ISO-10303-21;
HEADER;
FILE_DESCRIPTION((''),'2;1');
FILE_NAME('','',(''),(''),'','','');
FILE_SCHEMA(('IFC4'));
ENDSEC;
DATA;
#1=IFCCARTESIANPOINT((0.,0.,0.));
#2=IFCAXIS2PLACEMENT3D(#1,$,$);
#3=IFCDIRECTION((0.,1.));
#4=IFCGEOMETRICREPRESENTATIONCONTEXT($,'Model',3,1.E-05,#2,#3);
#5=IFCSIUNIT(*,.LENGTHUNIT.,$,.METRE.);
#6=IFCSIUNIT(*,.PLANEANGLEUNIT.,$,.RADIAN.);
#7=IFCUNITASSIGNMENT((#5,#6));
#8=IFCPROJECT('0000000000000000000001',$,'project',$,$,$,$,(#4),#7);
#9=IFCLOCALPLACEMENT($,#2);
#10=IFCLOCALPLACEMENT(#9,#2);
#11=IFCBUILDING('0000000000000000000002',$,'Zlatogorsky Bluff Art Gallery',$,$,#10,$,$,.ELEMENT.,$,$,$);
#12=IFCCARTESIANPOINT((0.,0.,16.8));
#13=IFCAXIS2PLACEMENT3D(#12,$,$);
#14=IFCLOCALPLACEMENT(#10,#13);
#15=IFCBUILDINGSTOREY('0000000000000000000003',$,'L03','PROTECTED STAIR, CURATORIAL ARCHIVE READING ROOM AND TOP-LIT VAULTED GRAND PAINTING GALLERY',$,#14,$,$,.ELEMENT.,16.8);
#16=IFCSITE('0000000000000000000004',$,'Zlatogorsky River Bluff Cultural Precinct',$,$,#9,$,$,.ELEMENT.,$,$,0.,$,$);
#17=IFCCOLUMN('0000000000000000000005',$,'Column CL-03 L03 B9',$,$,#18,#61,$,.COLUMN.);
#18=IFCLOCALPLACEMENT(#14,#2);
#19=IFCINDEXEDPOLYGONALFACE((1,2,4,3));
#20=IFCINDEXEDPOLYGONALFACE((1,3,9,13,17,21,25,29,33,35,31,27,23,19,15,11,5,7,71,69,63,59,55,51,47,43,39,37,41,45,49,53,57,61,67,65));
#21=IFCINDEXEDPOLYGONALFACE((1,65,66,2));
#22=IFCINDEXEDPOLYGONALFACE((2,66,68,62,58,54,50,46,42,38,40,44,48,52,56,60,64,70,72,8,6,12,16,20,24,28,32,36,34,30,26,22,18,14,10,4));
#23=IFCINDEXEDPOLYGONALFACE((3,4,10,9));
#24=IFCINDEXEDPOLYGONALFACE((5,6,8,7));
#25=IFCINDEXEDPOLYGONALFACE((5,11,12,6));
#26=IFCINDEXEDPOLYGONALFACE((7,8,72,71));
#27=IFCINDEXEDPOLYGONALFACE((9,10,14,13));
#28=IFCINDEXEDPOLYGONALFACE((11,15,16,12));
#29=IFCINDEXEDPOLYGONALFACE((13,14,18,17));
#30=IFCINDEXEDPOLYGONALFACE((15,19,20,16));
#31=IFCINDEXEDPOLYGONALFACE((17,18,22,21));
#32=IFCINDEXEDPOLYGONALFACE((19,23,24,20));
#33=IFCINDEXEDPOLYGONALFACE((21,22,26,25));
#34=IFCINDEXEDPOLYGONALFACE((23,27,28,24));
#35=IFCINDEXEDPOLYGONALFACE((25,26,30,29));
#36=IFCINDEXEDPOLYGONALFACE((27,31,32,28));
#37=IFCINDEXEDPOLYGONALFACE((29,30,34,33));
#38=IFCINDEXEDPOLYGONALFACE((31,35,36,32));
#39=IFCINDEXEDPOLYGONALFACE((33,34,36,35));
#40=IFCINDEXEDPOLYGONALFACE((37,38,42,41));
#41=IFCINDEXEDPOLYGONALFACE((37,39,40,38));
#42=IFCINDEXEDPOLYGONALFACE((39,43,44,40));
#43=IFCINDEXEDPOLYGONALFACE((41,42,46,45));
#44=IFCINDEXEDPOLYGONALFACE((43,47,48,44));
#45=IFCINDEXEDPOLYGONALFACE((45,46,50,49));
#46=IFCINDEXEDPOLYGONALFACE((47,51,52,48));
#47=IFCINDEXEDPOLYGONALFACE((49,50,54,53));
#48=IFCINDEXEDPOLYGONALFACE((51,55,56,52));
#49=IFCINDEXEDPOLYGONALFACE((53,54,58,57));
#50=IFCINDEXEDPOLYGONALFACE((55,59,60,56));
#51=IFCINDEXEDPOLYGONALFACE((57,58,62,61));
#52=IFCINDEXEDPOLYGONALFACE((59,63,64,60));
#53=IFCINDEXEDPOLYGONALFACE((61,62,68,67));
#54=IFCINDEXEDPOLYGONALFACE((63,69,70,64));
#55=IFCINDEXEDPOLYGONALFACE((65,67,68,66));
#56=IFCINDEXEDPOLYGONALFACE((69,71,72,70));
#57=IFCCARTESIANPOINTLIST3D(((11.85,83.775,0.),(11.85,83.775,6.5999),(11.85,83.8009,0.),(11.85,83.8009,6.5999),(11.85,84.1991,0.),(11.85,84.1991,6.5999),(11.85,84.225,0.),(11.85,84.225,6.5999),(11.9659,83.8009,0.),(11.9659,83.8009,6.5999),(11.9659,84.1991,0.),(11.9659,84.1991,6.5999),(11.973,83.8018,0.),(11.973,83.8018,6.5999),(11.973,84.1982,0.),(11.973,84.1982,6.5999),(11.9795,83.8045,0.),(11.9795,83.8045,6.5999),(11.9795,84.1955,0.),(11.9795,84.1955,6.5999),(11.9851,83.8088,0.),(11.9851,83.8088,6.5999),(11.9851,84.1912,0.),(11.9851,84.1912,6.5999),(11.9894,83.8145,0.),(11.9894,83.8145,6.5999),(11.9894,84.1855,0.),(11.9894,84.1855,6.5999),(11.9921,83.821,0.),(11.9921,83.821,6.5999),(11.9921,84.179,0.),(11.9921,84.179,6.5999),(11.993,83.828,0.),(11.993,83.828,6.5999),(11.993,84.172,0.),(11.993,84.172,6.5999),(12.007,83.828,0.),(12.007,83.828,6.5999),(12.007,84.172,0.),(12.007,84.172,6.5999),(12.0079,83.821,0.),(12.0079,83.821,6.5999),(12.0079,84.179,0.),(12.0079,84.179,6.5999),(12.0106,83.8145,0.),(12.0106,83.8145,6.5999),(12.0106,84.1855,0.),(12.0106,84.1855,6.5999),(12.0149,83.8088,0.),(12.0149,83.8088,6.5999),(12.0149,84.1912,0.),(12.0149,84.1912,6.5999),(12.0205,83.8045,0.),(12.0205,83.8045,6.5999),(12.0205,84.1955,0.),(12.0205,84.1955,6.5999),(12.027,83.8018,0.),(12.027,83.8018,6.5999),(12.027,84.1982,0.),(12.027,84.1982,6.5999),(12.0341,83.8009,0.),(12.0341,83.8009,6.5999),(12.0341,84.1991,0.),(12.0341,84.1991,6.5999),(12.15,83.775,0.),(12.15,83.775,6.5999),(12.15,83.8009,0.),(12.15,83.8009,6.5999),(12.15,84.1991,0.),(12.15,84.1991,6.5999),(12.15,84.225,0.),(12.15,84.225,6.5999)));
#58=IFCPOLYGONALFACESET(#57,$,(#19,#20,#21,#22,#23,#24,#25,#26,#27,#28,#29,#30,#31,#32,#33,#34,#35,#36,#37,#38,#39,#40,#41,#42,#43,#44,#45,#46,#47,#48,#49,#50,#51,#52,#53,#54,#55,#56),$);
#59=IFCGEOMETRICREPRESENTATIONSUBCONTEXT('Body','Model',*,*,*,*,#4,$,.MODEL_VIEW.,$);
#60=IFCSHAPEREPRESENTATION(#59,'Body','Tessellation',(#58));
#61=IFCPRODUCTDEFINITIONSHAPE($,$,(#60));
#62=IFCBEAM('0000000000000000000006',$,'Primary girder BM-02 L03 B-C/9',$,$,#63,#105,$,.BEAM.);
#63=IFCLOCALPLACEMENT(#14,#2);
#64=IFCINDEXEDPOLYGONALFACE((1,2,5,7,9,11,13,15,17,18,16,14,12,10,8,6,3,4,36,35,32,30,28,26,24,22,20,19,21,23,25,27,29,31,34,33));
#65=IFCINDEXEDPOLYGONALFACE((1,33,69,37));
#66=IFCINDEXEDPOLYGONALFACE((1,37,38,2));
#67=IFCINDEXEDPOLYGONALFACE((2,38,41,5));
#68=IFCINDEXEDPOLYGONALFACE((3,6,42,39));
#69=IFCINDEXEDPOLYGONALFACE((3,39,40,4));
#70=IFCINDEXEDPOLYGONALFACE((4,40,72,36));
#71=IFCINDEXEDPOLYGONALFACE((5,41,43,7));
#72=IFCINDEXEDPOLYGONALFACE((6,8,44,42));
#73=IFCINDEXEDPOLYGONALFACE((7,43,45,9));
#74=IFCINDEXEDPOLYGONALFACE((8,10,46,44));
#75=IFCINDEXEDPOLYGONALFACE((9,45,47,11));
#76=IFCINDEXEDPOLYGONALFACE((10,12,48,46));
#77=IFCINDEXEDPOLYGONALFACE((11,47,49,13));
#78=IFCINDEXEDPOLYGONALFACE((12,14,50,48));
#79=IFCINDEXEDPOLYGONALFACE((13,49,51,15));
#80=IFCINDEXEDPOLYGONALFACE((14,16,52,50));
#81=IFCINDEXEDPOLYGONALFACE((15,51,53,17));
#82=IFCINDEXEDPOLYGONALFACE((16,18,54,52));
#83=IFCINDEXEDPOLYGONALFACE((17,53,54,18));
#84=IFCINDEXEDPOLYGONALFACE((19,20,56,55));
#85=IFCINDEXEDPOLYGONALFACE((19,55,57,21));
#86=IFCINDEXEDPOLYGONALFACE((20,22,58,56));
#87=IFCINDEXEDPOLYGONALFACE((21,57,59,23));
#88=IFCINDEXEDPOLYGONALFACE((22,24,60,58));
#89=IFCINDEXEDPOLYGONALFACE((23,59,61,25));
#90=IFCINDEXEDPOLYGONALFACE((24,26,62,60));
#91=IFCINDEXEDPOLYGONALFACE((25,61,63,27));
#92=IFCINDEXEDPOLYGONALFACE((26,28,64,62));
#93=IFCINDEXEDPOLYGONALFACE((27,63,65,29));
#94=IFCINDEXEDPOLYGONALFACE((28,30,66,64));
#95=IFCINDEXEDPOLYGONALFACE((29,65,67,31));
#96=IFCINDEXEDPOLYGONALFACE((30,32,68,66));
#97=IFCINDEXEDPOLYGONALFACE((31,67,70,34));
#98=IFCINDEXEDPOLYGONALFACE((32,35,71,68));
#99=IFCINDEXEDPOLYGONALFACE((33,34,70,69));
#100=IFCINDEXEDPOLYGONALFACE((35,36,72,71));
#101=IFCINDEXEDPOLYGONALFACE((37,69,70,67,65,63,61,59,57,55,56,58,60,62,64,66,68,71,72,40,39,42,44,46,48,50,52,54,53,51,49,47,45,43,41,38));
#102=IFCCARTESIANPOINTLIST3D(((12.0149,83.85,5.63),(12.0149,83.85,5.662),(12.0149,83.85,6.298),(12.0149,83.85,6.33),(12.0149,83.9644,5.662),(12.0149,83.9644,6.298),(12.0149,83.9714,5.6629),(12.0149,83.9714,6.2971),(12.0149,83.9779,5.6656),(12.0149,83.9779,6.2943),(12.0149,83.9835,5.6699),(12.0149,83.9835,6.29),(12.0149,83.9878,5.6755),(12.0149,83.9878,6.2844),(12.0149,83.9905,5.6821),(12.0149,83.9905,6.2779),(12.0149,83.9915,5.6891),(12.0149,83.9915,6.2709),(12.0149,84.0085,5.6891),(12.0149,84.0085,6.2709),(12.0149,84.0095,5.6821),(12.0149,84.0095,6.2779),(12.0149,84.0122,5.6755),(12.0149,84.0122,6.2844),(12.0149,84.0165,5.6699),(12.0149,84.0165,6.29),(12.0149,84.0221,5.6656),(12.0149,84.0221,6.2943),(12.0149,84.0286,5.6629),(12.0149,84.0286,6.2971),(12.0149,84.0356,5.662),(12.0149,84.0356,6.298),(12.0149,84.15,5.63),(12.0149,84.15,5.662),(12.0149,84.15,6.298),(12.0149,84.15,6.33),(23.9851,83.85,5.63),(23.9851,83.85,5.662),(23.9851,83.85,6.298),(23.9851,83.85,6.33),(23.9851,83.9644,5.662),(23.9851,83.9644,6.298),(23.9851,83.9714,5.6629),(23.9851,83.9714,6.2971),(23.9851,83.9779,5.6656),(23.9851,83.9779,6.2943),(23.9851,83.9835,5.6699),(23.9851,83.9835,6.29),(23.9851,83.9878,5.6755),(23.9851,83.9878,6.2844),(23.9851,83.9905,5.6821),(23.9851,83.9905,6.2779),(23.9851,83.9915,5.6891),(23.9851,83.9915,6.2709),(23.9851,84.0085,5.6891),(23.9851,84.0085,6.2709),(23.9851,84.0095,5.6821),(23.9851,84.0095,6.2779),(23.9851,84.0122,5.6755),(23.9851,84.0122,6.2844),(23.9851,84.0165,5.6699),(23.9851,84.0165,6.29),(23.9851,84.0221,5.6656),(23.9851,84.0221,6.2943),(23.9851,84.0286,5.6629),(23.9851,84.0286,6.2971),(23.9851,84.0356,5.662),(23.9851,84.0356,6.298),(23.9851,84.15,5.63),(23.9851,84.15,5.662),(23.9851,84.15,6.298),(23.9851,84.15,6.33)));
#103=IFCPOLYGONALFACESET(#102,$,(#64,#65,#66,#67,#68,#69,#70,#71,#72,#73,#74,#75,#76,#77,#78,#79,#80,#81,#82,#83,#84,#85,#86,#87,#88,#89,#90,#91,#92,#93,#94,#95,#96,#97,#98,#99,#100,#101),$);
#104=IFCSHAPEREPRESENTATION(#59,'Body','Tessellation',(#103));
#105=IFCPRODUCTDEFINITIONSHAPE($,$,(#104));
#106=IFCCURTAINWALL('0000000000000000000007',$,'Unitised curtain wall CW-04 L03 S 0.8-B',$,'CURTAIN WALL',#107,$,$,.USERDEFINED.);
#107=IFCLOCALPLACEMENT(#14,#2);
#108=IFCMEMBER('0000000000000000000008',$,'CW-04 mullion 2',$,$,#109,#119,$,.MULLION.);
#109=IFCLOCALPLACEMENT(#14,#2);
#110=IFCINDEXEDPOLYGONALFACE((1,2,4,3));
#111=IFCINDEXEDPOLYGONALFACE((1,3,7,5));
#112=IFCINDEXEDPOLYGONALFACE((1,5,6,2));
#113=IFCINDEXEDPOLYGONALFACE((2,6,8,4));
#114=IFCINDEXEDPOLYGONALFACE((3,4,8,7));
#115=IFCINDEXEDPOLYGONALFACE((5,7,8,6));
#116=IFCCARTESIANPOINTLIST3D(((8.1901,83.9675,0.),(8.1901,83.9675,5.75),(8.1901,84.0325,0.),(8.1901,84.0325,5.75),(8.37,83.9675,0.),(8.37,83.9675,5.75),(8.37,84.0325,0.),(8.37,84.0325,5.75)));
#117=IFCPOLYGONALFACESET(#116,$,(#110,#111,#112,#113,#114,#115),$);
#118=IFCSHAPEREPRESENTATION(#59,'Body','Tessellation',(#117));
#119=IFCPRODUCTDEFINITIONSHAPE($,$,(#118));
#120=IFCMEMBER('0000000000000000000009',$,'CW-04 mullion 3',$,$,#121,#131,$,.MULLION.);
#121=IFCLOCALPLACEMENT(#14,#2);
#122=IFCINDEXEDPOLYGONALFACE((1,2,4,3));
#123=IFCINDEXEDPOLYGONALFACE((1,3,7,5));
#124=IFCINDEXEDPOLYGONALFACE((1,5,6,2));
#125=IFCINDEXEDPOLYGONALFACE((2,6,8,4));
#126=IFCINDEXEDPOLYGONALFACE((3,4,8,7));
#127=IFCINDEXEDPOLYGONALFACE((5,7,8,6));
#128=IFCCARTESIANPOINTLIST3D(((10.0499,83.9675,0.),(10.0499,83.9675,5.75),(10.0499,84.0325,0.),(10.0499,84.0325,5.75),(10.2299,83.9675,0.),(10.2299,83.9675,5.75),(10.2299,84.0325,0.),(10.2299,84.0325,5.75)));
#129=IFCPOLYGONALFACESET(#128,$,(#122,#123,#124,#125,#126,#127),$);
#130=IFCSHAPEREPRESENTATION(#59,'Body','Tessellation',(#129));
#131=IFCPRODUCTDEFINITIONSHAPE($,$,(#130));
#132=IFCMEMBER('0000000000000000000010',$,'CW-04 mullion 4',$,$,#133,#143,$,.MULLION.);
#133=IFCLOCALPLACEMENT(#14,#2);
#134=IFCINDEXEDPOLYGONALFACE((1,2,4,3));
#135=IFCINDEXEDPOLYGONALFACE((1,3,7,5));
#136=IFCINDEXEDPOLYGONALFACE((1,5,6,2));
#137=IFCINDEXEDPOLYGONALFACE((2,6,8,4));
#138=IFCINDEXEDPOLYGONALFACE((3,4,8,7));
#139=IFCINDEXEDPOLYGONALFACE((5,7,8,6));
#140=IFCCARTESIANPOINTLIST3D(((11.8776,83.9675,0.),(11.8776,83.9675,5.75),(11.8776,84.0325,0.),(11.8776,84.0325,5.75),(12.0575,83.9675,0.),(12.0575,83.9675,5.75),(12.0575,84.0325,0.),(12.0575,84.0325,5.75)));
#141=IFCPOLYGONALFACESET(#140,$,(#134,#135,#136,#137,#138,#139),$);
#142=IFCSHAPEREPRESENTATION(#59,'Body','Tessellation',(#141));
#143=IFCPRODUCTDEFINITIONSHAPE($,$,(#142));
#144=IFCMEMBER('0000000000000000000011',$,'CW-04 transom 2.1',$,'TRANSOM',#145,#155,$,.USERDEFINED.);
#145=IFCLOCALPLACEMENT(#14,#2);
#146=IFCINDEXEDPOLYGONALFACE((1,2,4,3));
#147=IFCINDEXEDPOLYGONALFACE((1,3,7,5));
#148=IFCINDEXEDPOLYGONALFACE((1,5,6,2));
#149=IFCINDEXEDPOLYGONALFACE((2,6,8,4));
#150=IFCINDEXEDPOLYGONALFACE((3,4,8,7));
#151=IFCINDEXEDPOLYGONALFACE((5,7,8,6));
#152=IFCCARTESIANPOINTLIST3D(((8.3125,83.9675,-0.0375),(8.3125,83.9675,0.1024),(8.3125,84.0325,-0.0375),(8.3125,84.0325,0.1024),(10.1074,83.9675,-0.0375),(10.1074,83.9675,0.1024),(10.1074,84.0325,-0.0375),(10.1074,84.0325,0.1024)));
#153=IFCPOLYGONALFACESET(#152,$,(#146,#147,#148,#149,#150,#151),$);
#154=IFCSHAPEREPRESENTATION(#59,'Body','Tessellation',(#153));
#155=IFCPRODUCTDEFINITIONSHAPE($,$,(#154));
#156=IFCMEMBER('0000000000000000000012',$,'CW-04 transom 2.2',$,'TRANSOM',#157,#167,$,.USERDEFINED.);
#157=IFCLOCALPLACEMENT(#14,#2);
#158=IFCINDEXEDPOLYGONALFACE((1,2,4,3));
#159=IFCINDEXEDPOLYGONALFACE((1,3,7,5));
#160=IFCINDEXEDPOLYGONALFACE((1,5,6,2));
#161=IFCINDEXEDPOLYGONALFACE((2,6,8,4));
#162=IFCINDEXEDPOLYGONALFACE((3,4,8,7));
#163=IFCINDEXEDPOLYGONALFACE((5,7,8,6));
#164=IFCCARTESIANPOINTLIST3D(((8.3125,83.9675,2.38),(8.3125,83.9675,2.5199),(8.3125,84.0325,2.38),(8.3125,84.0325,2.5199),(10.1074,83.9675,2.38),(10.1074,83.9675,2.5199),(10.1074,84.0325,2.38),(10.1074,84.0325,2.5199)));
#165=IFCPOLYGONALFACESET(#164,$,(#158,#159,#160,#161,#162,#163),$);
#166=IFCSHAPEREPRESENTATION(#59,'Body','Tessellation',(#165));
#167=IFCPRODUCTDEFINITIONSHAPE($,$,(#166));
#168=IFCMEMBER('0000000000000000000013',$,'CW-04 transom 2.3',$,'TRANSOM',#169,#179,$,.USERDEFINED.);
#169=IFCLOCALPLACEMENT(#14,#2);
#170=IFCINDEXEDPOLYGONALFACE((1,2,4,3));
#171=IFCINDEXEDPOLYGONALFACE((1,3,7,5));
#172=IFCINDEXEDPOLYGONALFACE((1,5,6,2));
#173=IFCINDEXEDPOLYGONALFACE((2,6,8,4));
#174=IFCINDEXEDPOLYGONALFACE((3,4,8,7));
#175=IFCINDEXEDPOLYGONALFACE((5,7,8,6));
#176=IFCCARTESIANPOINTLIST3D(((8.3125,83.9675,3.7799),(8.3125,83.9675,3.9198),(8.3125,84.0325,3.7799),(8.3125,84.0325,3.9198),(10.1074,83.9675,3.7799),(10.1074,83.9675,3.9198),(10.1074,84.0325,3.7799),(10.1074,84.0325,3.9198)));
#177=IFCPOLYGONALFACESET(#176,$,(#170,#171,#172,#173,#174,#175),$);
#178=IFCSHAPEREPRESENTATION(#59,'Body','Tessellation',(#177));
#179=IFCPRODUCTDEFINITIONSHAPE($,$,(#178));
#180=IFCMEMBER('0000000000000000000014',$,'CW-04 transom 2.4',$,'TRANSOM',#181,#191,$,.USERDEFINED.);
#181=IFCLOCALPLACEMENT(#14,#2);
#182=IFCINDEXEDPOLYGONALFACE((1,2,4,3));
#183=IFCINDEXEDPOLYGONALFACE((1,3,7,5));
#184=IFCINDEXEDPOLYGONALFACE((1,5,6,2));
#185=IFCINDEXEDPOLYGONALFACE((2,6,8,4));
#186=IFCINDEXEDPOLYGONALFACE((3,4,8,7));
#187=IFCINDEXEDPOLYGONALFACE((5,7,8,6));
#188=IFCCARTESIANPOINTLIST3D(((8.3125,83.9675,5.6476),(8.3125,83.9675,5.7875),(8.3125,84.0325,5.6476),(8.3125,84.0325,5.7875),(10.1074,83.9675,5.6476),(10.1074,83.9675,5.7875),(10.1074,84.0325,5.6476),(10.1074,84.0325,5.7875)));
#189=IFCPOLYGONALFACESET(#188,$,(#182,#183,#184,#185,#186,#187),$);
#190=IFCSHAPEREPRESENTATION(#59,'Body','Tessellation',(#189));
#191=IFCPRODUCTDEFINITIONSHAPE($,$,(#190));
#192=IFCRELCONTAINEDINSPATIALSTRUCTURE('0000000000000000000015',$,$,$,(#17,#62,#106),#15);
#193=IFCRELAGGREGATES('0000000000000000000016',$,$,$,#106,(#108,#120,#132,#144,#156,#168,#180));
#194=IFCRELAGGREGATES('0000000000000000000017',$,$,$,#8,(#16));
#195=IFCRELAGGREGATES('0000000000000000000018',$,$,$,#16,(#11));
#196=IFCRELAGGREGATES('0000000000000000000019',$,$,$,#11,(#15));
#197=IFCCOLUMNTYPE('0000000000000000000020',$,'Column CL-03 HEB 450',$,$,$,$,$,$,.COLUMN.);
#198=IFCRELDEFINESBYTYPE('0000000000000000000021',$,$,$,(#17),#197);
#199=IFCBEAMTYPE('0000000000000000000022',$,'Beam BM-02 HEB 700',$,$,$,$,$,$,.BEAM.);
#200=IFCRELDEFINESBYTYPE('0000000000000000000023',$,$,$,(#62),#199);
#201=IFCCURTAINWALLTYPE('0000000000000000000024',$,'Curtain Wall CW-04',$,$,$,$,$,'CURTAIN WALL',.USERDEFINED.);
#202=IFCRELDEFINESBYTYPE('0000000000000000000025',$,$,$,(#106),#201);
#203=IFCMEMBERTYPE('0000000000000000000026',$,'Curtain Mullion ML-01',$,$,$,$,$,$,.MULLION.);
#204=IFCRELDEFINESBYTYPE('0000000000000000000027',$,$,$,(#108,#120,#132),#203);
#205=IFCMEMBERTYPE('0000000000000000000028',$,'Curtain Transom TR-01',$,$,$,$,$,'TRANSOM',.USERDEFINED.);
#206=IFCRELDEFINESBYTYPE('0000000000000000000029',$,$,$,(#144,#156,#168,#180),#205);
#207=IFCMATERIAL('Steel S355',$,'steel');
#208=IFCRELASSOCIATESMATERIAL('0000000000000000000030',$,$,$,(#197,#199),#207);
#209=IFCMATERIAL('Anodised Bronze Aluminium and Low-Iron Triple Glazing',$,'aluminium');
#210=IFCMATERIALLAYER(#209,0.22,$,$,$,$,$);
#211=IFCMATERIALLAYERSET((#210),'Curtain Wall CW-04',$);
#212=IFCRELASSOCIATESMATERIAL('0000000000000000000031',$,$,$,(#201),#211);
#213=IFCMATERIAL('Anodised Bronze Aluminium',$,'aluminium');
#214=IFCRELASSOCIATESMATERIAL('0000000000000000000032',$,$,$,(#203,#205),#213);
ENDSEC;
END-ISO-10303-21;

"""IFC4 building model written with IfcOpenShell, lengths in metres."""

from ifc_helpers import new_model, si_unit, direction, frame, origin, origin_2d, place, context, subcontext, project, spatial, rectangle, i_section, extrude, material, layer, layer_set, material_profile, profile_set, type_object, element, aggregate, save


model = new_model("IFC4")

# Units and contexts
model_context = context("Model", 3, precision=1e-05, world=origin(), true_north=direction((0.0, 1.0)))
body_context = subcontext(model_context, "Body", "Model", "MODEL_VIEW")
ifc_project = project(units=[si_unit("LENGTHUNIT", "METRE"), si_unit("PLANEANGLEUNIT", "RADIAN")], contexts=[model_context])

# Site, building, storey
site_placement = place(None, origin())
site = spatial("IfcSite", under=ifc_project, at=site_placement, Name="Zlatogorsky River Bluff Cultural Precinct", CompositionType="ELEMENT", RefElevation=0.0)
building_placement = place(site_placement, origin())
building = spatial("IfcBuilding", under=site, at=building_placement, Name="Zlatogorsky Bluff Art Gallery", CompositionType="ELEMENT")
storey_placement = place(building_placement, frame((0.0, 0.0, 16.8)))
storey = spatial("IfcBuildingStorey", under=building, at=storey_placement, Name="L03", Description="PROTECTED STAIR, CURATORIAL ARCHIVE READING ROOM AND TOP-LIT VAULTED GRAND PAINTING GALLERY", CompositionType="ELEMENT", Elevation=16.8)

# Column
ifc_material_1 = material(Name="Steel S355", Category="steel")
ifc_material_profile_1 = material_profile(ifc_material_1, i_section(OverallWidth=0.3, OverallDepth=0.45, WebThickness=0.0139, FlangeThickness=0.0259, FilletRadius=0.0271, at=origin_2d()), Name="HEB 450")
ifc_profile_set_1 = profile_set([ifc_material_profile_1], Name="Steel S355")
column_type = type_object("IfcColumnType", Name="Column CL-03 HEB 450", PredefinedType="COLUMN", material=ifc_profile_set_1)
column_placement = place(storey_placement, frame((12.0, 84.0, 0.0), z_axis=(0.0, 0.0, 1.0), x_axis=(1.0, 0.0, 0.0)))
element("IfcColumn", 1, at=column_placement, inside=storey, type_object=column_type, Name="Column CL-03 L03 B9", PredefinedType="COLUMN", context=body_context, shape_type="SweptSolid", body=[
    extrude(i_section(OverallWidth=0.3, OverallDepth=0.45, WebThickness=0.0139, FlangeThickness=0.0259, FilletRadius=0.0271, at=origin_2d()), origin(), (0.0, 0.0, 1.0), 6.5999),
])

# Beam
ifc_material_profile_2 = material_profile(ifc_material_1, i_section(OverallWidth=0.3, OverallDepth=0.7, WebThickness=0.0171, FlangeThickness=0.032, FilletRadius=0.0271, at=origin_2d()), Name="HEB 700")
ifc_profile_set_2 = profile_set([ifc_material_profile_2], Name="Steel S355")
beam_type = type_object("IfcBeamType", Name="Beam BM-02 HEB 700", PredefinedType="BEAM", material=ifc_profile_set_2)
beam_placement = place(storey_placement, frame((12.0149, 84.0, 5.98), z_axis=(1.0, 0.0, 0.0), x_axis=(0.0, 1.0, 0.0)))
element("IfcBeam", 2, at=beam_placement, inside=storey, type_object=beam_type, Name="Primary girder BM-02 L03 B-C/9", PredefinedType="BEAM", context=body_context, shape_type="SweptSolid", body=[
    extrude(i_section(OverallWidth=0.3, OverallDepth=0.7, WebThickness=0.0171, FlangeThickness=0.032, FilletRadius=0.0271, at=origin_2d()), origin(), (0.0, 0.0, 1.0), 11.9702),
])

# Curtain wall, members
ifc_material_2 = material(Name="Anodised Bronze Aluminium and Low-Iron Triple Glazing", Category="aluminium")
ifc_layer_1 = layer(ifc_material_2, 0.22)
ifc_layer_set_1 = layer_set([ifc_layer_1], Name="Curtain Wall CW-04")
curtain_wall_type = type_object("IfcCurtainWallType", Name="Curtain Wall CW-04", ElementType="CURTAIN WALL", PredefinedType="USERDEFINED", material=ifc_layer_set_1)
curtain_wall_placement = place(storey_placement, origin())
curtain_wall = element("IfcCurtainWall", 3, at=curtain_wall_placement, inside=storey, type_object=curtain_wall_type, Name="Unitised curtain wall CW-04 L03 S 0.8-B", ObjectType="CURTAIN WALL", PredefinedType="USERDEFINED")
ifc_material_3 = material(Name="Anodised Bronze Aluminium", Category="aluminium")
ifc_material_profile_3 = material_profile(ifc_material_3, rectangle(XDim=0.0649, YDim=0.1799, at=origin_2d()), Name="ALU MULLION 65x180")
ifc_profile_set_3 = profile_set([ifc_material_profile_3], Name="Anodised Bronze Aluminium")
member_type_1 = type_object("IfcMemberType", Name="Curtain Mullion ML-01", PredefinedType="MULLION", material=ifc_profile_set_3)
member_1_placement = place(storey_placement, frame((8.28, 84.0, 0.0), z_axis=(0.0, 0.0, 1.0), x_axis=(0.0, 1.0, 0.0)))
member_1 = element("IfcMember", 4, at=member_1_placement, type_object=member_type_1, Name="CW-04 mullion 2", PredefinedType="MULLION", context=body_context, shape_type="SweptSolid", body=[
    extrude(rectangle(XDim=0.0649, YDim=0.1799, at=origin_2d()), origin(), (0.0, 0.0, 1.0), 5.75),
])
member_2_placement = place(storey_placement, frame((10.1399, 84.0, 0.0), z_axis=(0.0, 0.0, 1.0), x_axis=(0.0, 1.0, 0.0)))
member_2 = element("IfcMember", 5, at=member_2_placement, type_object=member_type_1, Name="CW-04 mullion 3", PredefinedType="MULLION", context=body_context, shape_type="SweptSolid", body=[
    extrude(rectangle(XDim=0.0649, YDim=0.1799, at=origin_2d()), origin(), (0.0, 0.0, 1.0), 5.75),
])
member_3_placement = place(storey_placement, frame((11.9675, 84.0, 0.0), z_axis=(0.0, 0.0, 1.0), x_axis=(0.0, 1.0, 0.0)))
member_3 = element("IfcMember", 6, at=member_3_placement, type_object=member_type_1, Name="CW-04 mullion 4", PredefinedType="MULLION", context=body_context, shape_type="SweptSolid", body=[
    extrude(rectangle(XDim=0.0649, YDim=0.1799, at=origin_2d()), origin(), (0.0, 0.0, 1.0), 5.75),
])
ifc_material_profile_4 = material_profile(ifc_material_3, rectangle(XDim=0.0649, YDim=0.1399, at=origin_2d()), Name="ALU TRANSOM 65x140")
ifc_profile_set_4 = profile_set([ifc_material_profile_4], Name="Anodised Bronze Aluminium")
member_type_2 = type_object("IfcMemberType", Name="Curtain Transom TR-01", ElementType="TRANSOM", PredefinedType="USERDEFINED", material=ifc_profile_set_4)
member_4_placement = place(storey_placement, frame((8.3125, 84.0, 0.0325), z_axis=(1.0, 0.0, 0.0), x_axis=(0.0, 1.0, 0.0)))
member_4 = element("IfcMember", 7, at=member_4_placement, type_object=member_type_2, Name="CW-04 transom 2.1", ObjectType="TRANSOM", PredefinedType="USERDEFINED", context=body_context, shape_type="SweptSolid", body=[
    extrude(rectangle(XDim=0.0649, YDim=0.1399, at=origin_2d()), origin(), (0.0, 0.0, 1.0), 1.7949),
])
member_5_placement = place(storey_placement, frame((8.3125, 84.0, 2.45), z_axis=(1.0, 0.0, 0.0), x_axis=(0.0, 1.0, 0.0)))
member_5 = element("IfcMember", 8, at=member_5_placement, type_object=member_type_2, Name="CW-04 transom 2.2", ObjectType="TRANSOM", PredefinedType="USERDEFINED", context=body_context, shape_type="SweptSolid", body=[
    extrude(rectangle(XDim=0.0649, YDim=0.1399, at=origin_2d()), origin(), (0.0, 0.0, 1.0), 1.7949),
])
member_6_placement = place(storey_placement, frame((8.3125, 84.0, 3.8499), z_axis=(1.0, 0.0, 0.0), x_axis=(0.0, 1.0, 0.0)))
member_6 = element("IfcMember", 9, at=member_6_placement, type_object=member_type_2, Name="CW-04 transom 2.3", ObjectType="TRANSOM", PredefinedType="USERDEFINED", context=body_context, shape_type="SweptSolid", body=[
    extrude(rectangle(XDim=0.0649, YDim=0.1399, at=origin_2d()), origin(), (0.0, 0.0, 1.0), 1.7949),
])
member_7_placement = place(storey_placement, frame((8.3125, 84.0, 5.7175), z_axis=(1.0, 0.0, 0.0), x_axis=(0.0, 1.0, 0.0)))
member_7 = element("IfcMember", 10, at=member_7_placement, type_object=member_type_2, Name="CW-04 transom 2.4", ObjectType="TRANSOM", PredefinedType="USERDEFINED", context=body_context, shape_type="SweptSolid", body=[
    extrude(rectangle(XDim=0.0649, YDim=0.1399, at=origin_2d()), origin(), (0.0, 0.0, 1.0), 1.7949),
])

aggregate(curtain_wall, [member_1, member_2, member_3, member_4, member_5, member_6, member_7])

save(model, "model.ifc")
